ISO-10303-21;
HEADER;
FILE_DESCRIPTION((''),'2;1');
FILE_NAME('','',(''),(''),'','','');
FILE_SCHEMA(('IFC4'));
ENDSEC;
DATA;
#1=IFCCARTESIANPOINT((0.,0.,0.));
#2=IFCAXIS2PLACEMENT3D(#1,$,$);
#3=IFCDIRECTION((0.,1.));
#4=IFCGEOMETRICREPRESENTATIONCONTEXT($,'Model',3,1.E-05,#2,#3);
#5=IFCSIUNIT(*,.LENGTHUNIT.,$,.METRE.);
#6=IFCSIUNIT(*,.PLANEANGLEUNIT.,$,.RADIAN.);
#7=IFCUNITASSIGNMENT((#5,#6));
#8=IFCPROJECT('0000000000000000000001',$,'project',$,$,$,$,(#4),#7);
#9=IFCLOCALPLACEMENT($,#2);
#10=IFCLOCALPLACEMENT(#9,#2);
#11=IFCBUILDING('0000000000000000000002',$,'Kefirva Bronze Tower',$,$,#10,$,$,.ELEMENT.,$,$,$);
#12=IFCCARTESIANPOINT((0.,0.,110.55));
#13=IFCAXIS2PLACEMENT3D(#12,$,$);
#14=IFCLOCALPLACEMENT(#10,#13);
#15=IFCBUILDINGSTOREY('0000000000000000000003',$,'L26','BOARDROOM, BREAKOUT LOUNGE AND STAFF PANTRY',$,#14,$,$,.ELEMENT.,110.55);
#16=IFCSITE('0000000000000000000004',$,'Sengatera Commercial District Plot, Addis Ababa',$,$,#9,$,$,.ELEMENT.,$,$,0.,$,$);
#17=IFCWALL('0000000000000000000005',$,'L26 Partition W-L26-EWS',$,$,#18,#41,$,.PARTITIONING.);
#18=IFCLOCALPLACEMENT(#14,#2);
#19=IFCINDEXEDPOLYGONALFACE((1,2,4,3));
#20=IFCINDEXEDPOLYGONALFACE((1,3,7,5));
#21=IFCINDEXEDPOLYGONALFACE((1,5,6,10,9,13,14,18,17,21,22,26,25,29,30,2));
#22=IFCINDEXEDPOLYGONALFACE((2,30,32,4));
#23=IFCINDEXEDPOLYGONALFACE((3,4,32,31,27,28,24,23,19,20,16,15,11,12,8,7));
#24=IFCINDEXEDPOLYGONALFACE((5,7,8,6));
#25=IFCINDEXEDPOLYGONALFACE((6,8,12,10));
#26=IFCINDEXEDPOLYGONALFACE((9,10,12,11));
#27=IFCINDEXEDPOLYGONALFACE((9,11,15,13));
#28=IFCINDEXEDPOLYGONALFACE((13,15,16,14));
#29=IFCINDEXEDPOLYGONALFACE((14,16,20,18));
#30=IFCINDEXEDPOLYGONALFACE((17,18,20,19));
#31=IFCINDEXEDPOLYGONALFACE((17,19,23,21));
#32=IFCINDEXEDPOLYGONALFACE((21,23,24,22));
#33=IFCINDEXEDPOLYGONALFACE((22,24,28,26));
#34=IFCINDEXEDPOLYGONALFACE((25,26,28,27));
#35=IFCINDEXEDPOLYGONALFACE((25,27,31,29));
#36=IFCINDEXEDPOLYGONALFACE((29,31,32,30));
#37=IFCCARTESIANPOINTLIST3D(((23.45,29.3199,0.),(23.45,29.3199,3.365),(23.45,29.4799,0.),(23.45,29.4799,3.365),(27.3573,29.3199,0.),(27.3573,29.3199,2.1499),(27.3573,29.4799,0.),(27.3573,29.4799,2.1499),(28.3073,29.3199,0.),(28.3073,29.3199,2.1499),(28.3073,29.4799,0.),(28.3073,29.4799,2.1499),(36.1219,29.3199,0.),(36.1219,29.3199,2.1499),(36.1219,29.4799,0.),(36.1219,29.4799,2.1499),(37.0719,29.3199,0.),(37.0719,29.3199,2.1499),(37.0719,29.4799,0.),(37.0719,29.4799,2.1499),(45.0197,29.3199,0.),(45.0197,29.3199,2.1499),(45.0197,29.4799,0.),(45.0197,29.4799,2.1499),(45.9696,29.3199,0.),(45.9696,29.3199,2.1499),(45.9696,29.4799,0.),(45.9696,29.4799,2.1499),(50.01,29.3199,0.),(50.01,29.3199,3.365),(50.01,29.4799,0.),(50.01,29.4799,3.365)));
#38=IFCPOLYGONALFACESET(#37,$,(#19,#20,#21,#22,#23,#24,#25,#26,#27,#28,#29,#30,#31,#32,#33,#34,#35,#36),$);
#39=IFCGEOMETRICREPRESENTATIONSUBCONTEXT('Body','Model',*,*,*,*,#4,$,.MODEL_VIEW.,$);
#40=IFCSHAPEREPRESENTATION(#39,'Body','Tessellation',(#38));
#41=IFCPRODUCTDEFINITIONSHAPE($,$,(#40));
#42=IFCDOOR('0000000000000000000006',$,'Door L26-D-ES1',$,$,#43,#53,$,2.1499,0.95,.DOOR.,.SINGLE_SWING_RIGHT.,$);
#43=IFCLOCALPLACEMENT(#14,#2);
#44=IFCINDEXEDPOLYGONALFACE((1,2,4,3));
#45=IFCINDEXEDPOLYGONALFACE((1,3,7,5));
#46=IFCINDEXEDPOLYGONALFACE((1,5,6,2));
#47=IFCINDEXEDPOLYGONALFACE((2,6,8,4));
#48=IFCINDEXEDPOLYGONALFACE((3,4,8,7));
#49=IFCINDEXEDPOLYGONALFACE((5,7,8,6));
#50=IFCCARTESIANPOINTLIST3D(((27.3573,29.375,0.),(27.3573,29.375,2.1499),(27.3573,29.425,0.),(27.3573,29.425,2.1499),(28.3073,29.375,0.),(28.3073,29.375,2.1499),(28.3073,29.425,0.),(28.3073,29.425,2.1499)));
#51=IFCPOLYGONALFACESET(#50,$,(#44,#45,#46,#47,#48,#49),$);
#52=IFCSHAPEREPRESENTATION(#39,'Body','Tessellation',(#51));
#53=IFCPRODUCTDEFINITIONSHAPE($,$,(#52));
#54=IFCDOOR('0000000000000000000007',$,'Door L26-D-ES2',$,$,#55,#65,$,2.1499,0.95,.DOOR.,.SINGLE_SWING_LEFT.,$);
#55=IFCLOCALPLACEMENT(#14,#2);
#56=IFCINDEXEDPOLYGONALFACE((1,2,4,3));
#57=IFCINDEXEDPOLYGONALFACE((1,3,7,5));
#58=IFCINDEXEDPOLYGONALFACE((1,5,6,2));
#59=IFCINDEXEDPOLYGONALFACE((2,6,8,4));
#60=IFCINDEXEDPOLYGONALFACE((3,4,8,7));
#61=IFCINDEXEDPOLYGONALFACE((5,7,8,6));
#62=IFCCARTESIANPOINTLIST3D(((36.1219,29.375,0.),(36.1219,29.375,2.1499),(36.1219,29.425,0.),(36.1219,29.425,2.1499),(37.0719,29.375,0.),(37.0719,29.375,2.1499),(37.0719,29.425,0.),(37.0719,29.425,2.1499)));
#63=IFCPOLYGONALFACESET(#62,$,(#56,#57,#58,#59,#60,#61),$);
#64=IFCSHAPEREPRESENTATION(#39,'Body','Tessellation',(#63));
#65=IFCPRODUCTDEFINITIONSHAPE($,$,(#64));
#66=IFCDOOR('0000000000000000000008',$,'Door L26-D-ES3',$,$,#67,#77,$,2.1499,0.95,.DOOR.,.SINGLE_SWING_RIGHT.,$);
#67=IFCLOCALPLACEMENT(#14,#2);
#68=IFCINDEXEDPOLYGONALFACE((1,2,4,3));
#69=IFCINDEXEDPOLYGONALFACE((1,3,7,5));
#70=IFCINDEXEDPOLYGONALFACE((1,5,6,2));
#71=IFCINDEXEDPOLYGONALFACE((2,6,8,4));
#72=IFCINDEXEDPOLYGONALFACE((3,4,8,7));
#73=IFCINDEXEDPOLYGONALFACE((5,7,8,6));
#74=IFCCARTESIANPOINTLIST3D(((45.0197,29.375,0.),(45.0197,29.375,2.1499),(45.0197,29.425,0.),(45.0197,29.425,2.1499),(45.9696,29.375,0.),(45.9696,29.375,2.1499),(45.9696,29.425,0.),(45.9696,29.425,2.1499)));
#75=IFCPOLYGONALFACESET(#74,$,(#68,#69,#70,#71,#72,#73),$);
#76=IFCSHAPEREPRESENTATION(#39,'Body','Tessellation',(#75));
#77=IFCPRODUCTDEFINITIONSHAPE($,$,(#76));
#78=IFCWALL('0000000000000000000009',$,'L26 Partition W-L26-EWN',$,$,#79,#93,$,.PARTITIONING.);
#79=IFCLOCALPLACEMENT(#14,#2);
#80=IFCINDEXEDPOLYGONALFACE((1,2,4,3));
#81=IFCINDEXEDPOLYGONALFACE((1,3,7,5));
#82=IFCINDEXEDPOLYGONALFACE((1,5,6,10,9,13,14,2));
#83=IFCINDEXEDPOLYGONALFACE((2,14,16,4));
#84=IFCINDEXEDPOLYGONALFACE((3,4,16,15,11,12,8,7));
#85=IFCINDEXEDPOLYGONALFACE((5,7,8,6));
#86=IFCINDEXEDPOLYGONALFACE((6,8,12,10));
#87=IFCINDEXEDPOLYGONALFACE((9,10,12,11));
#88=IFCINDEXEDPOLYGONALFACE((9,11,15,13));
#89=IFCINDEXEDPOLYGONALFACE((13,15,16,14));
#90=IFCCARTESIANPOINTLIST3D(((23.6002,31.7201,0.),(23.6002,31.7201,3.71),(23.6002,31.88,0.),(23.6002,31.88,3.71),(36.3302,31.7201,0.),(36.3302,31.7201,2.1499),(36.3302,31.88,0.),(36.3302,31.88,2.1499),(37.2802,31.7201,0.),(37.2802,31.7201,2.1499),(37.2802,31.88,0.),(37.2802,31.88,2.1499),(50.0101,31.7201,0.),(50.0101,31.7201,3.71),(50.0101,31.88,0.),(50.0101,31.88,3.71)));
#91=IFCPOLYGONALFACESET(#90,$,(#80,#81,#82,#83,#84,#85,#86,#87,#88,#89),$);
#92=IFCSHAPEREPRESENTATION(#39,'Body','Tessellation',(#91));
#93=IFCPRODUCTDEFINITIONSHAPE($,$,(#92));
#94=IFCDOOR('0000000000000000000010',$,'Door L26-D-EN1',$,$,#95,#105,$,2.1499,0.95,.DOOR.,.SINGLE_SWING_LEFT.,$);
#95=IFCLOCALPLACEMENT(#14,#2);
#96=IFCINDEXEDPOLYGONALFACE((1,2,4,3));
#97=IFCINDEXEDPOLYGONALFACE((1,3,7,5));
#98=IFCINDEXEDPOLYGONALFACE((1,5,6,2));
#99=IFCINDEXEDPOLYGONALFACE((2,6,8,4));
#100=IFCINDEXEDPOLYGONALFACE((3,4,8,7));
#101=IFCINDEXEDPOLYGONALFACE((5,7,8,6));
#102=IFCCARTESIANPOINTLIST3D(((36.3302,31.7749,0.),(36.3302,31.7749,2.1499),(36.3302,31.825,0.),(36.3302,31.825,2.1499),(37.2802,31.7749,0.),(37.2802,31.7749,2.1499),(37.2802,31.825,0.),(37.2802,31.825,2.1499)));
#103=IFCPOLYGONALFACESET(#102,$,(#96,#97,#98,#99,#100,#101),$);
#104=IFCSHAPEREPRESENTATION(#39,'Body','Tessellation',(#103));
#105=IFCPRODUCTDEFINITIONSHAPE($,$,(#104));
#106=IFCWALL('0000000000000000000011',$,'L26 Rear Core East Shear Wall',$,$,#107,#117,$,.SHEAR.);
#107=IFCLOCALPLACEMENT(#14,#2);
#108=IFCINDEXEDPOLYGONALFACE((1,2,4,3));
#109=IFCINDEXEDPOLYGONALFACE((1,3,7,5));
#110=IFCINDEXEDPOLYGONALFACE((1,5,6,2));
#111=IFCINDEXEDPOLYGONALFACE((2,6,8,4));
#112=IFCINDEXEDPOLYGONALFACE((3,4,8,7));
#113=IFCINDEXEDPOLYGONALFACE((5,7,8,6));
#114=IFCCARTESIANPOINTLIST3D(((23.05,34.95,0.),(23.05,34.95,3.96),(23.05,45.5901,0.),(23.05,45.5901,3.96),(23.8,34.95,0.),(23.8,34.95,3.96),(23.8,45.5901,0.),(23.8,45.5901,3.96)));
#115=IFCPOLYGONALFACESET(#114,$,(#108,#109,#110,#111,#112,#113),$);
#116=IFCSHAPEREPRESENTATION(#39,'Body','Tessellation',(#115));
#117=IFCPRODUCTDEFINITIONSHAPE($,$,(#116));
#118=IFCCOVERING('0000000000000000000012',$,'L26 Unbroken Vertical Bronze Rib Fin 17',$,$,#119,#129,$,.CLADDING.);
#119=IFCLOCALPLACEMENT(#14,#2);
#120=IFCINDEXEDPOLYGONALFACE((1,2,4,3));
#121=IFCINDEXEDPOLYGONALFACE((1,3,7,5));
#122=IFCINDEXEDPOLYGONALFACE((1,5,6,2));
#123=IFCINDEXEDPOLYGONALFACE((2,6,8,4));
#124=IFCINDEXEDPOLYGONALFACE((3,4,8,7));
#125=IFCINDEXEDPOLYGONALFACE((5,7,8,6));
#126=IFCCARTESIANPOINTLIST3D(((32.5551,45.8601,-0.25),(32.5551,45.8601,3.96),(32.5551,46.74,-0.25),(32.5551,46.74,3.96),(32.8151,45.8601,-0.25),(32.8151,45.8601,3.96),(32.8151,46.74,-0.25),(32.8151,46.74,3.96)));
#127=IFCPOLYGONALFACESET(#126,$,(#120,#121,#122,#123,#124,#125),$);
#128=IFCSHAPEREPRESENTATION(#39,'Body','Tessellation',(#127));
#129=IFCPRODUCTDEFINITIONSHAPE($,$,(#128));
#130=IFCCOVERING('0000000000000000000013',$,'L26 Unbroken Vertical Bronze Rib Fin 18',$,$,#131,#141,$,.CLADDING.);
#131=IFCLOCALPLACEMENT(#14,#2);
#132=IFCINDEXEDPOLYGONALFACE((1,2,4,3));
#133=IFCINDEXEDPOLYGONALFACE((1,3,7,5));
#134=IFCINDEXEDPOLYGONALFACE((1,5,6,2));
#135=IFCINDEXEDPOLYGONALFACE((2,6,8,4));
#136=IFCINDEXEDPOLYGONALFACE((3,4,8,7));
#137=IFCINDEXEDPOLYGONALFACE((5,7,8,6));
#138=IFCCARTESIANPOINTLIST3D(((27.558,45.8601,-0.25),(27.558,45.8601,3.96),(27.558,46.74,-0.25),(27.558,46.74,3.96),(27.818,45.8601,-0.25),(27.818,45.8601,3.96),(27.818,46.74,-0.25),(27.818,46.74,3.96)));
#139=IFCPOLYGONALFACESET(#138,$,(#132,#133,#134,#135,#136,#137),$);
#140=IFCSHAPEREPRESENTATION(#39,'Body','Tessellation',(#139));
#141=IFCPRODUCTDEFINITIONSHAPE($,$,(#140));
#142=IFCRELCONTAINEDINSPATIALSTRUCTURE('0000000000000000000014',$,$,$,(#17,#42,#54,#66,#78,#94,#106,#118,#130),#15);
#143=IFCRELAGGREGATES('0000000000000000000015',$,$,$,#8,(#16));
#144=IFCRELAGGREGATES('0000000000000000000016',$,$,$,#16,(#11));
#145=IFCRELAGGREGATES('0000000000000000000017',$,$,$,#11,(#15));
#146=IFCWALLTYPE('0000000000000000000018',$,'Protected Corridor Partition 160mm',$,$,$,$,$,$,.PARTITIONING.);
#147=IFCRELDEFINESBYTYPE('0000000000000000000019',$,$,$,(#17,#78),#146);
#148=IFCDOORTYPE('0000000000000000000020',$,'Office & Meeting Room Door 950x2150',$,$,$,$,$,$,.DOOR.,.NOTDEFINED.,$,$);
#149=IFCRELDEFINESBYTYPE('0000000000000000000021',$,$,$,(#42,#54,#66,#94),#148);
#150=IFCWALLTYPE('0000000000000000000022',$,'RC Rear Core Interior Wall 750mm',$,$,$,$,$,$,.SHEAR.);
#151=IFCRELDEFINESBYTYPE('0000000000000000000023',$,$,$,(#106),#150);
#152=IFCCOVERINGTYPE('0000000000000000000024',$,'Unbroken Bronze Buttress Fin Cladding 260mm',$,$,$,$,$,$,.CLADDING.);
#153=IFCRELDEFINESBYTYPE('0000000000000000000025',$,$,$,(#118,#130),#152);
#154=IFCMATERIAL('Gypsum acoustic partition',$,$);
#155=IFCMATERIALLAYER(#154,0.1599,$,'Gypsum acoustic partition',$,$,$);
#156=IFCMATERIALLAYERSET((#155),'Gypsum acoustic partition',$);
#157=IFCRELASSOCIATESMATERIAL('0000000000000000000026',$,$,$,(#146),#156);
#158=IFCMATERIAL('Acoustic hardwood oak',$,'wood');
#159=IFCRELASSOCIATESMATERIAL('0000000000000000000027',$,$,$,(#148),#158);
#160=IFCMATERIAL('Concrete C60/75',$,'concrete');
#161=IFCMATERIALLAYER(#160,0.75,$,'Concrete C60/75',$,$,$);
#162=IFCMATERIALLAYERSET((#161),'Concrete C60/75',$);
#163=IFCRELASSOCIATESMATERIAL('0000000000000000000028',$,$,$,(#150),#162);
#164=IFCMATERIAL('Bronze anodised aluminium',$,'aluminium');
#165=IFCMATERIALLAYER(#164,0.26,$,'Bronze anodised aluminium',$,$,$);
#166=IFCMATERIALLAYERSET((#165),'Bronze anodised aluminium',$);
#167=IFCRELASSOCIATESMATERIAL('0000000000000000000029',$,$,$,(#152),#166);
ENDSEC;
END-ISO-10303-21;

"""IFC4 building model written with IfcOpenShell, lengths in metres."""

from ifc_helpers import new_model, si_unit, direction, frame, frame_2d, origin, origin_2d, place, context, subcontext, project, spatial, rectangle, extrude, material, layer, layer_set, type_object, element, fill, save


model = new_model("IFC4")

# Units and contexts
model_context = context("Model", 3, precision=1e-05, world=origin(), true_north=direction((0.0, 1.0)))
body_context = subcontext(model_context, "Body", "Model", "MODEL_VIEW")
ifc_project = project(units=[si_unit("LENGTHUNIT", "METRE"), si_unit("PLANEANGLEUNIT", "RADIAN")], contexts=[model_context])

# Site, building, storey
site_placement = place(None, origin())
site = spatial("IfcSite", under=ifc_project, at=site_placement, Name="Sengatera Commercial District Plot, Addis Ababa", CompositionType="ELEMENT", RefElevation=0.0)
building_placement = place(site_placement, origin())
building = spatial("IfcBuilding", under=site, at=building_placement, Name="Kefirva Bronze Tower", CompositionType="ELEMENT")
storey_placement = place(building_placement, frame((0.0, 0.0, 110.55)))
storey = spatial("IfcBuildingStorey", under=building, at=storey_placement, Name="L26", Description="BOARDROOM, BREAKOUT LOUNGE AND STAFF PANTRY", CompositionType="ELEMENT", Elevation=110.55)

# Shared definitions
ifc_material_1 = material(Name="Concrete C60/75", Category="concrete")

# Shared definitions
ifc_material_2 = material(Name="Bronze anodised aluminium", Category="aluminium")

# Wall, openings, doors
ifc_material_3 = material(Name="Gypsum acoustic partition")
ifc_layer_1 = layer(ifc_material_3, 0.1599, Name="Gypsum acoustic partition")
ifc_layer_set_1 = layer_set([ifc_layer_1], Name="Gypsum acoustic partition")
wall_type_1 = type_object("IfcWallType", Name="Protected Corridor Partition 160mm", PredefinedType="PARTITIONING", material=ifc_layer_set_1)
wall_1_placement = place(storey_placement, frame((23.45, 29.3999, 0.0), z_axis=(0.0, 0.0, 1.0), x_axis=(1.0, 0.0, 0.0)))
wall_1 = element("IfcWall", 1, at=wall_1_placement, inside=storey, type_object=wall_type_1, Name="L26 Partition W-L26-EWS", PredefinedType="PARTITIONING", context=body_context, shape_type="SweptSolid", body=[
    extrude(rectangle(XDim=26.5601, YDim=0.1599, at=frame_2d((13.28, 0.0))), origin(), (0.0, 0.0, 1.0), 3.365),
])
opening_1_placement = place(wall_1_placement, frame((4.8574, 0.0, 0.0), z_axis=(0.0, 0.0, 1.0), x_axis=(-1.0, 0.0, 0.0)))
opening_1 = element("IfcOpeningElement", 2, at=opening_1_placement, cuts=wall_1, PredefinedType="OPENING", context=body_context, shape_type="SweptSolid", body=[
    extrude(rectangle(XDim=0.95, YDim=2.1499, at=frame_2d((0.4751, 1.075))), frame((0.0, 0.0898, 0.0), z_axis=(0.0, -1.0, 0.0), x_axis=(1.0, 0.0, 0.0)), (0.0, 0.0, 1.0), 0.1799),
])
opening_2_placement = place(wall_1_placement, frame((13.6221, 0.0, 0.0), z_axis=(0.0, 0.0, 1.0), x_axis=(-1.0, 0.0, 0.0)))
opening_2 = element("IfcOpeningElement", 3, at=opening_2_placement, cuts=wall_1, PredefinedType="OPENING", context=body_context, shape_type="SweptSolid", body=[
    extrude(rectangle(XDim=0.95, YDim=2.1499, at=frame_2d((0.4751, 1.075))), frame((0.0, 0.0898, 0.0), z_axis=(0.0, -1.0, 0.0), x_axis=(1.0, 0.0, 0.0)), (0.0, 0.0, 1.0), 0.1799),
])
opening_3_placement = place(wall_1_placement, frame((22.5198, 0.0, 0.0), z_axis=(0.0, 0.0, 1.0), x_axis=(-1.0, 0.0, 0.0)))
opening_3 = element("IfcOpeningElement", 4, at=opening_3_placement, cuts=wall_1, PredefinedType="OPENING", context=body_context, shape_type="SweptSolid", body=[
    extrude(rectangle(XDim=0.95, YDim=2.1499, at=frame_2d((0.4751, 1.075))), frame((0.0, 0.0898, 0.0), z_axis=(0.0, -1.0, 0.0), x_axis=(1.0, 0.0, 0.0)), (0.0, 0.0, 1.0), 0.1799),
])
ifc_material_4 = material(Name="Acoustic hardwood oak", Category="wood")
door_type = type_object("IfcDoorType", Name="Office & Meeting Room Door 950x2150", OperationType="NOTDEFINED", PredefinedType="DOOR", material=ifc_material_4)
door_1_placement = place(opening_1_placement, origin())
door_1 = element("IfcDoor", 5, at=door_1_placement, inside=storey, type_object=door_type, Name="Door L26-D-ES1", OperationType="SINGLE_SWING_RIGHT", OverallHeight=2.1499, OverallWidth=0.95, PredefinedType="DOOR", context=body_context, shape_type="SweptSolid", body=[
    extrude(rectangle(XDim=0.95, YDim=2.1499, at=frame_2d((0.4751, 1.075))), frame((0.0, 0.0249, 0.0), z_axis=(0.0, -1.0, 0.0), x_axis=(1.0, 0.0, 0.0)), (0.0, 0.0, 1.0), 0.05),
])
fill(opening_1, door_1)
door_2_placement = place(opening_2_placement, origin())
door_2 = element("IfcDoor", 6, at=door_2_placement, inside=storey, type_object=door_type, Name="Door L26-D-ES2", OperationType="SINGLE_SWING_LEFT", OverallHeight=2.1499, OverallWidth=0.95, PredefinedType="DOOR", context=body_context, shape_type="SweptSolid", body=[
    extrude(rectangle(XDim=0.95, YDim=2.1499, at=frame_2d((0.4751, 1.075))), frame((0.0, 0.0249, 0.0), z_axis=(0.0, -1.0, 0.0), x_axis=(1.0, 0.0, 0.0)), (0.0, 0.0, 1.0), 0.05),
])
fill(opening_2, door_2)
door_3_placement = place(opening_3_placement, origin())
door_3 = element("IfcDoor", 7, at=door_3_placement, inside=storey, type_object=door_type, Name="Door L26-D-ES3", OperationType="SINGLE_SWING_RIGHT", OverallHeight=2.1499, OverallWidth=0.95, PredefinedType="DOOR", context=body_context, shape_type="SweptSolid", body=[
    extrude(rectangle(XDim=0.95, YDim=2.1499, at=frame_2d((0.4751, 1.075))), frame((0.0, 0.0249, 0.0), z_axis=(0.0, -1.0, 0.0), x_axis=(1.0, 0.0, 0.0)), (0.0, 0.0, 1.0), 0.05),
])
fill(opening_3, door_3)

# Wall, opening, door
wall_2_placement = place(storey_placement, frame((23.6001, 31.8, 0.0), z_axis=(0.0, 0.0, 1.0), x_axis=(1.0, 0.0, 0.0)))
wall_2 = element("IfcWall", 8, at=wall_2_placement, inside=storey, type_object=wall_type_1, Name="L26 Partition W-L26-EWN", PredefinedType="PARTITIONING", context=body_context, shape_type="SweptSolid", body=[
    extrude(rectangle(XDim=26.4099, YDim=0.1599, at=frame_2d((13.2051, 0.0))), origin(), (0.0, 0.0, 1.0), 3.71),
])
opening_4_placement = place(wall_2_placement, frame((12.73, 0.0, 0.0)))
opening_4 = element("IfcOpeningElement", 9, at=opening_4_placement, cuts=wall_2, PredefinedType="OPENING", context=body_context, shape_type="SweptSolid", body=[
    extrude(rectangle(XDim=0.95, YDim=2.1499, at=frame_2d((0.4751, 1.075))), frame((0.0, 0.0898, 0.0), z_axis=(0.0, -1.0, 0.0), x_axis=(1.0, 0.0, 0.0)), (0.0, 0.0, 1.0), 0.1799),
])
door_4_placement = place(opening_4_placement, origin())
door_4 = element("IfcDoor", 10, at=door_4_placement, inside=storey, type_object=door_type, Name="Door L26-D-EN1", OperationType="SINGLE_SWING_LEFT", OverallHeight=2.1499, OverallWidth=0.95, PredefinedType="DOOR", context=body_context, shape_type="SweptSolid", body=[
    extrude(rectangle(XDim=0.95, YDim=2.1499, at=frame_2d((0.4751, 1.075))), frame((0.0, 0.0249, 0.0), z_axis=(0.0, -1.0, 0.0), x_axis=(1.0, 0.0, 0.0)), (0.0, 0.0, 1.0), 0.05),
])
fill(opening_4, door_4)

# Wall
ifc_layer_2 = layer(ifc_material_1, 0.75, Name="Concrete C60/75")
ifc_layer_set_2 = layer_set([ifc_layer_2], Name="Concrete C60/75")
wall_type_2 = type_object("IfcWallType", Name="RC Rear Core Interior Wall 750mm", PredefinedType="SHEAR", material=ifc_layer_set_2)
wall_3_placement = place(storey_placement, frame((23.425, 34.95, 0.0), z_axis=(0.0, 0.0, 1.0), x_axis=(0.0, 1.0, 0.0)))
element("IfcWall", 11, at=wall_3_placement, inside=storey, type_object=wall_type_2, Name="L26 Rear Core East Shear Wall", PredefinedType="SHEAR", context=body_context, shape_type="SweptSolid", body=[
    extrude(rectangle(XDim=10.6401, YDim=0.75, at=frame_2d((5.3201, 0.0))), origin(), (0.0, 0.0, 1.0), 3.96),
])

# Coverings
ifc_layer_3 = layer(ifc_material_2, 0.26, Name="Bronze anodised aluminium")
ifc_layer_set_3 = layer_set([ifc_layer_3], Name="Bronze anodised aluminium")
covering_type = type_object("IfcCoveringType", Name="Unbroken Bronze Buttress Fin Cladding 260mm", PredefinedType="CLADDING", material=ifc_layer_set_3)
for number, where, z_axis, x_axis, name in (
    (12, (32.6851, 46.3, -0.25), (0.0, 0.0, 1.0), (-1.0, 0.0, 0.0), "L26 Unbroken Vertical Bronze Rib Fin 17"),
    (13, (27.688, 46.3, -0.25), (0.0, 0.0, 1.0), (-1.0, 0.0, 0.0), "L26 Unbroken Vertical Bronze Rib Fin 18"),
):
    element("IfcCovering", number, at=place(storey_placement, frame(where, z_axis=z_axis, x_axis=x_axis)), inside=storey, type_object=covering_type, Name=name, PredefinedType="CLADDING", context=body_context, shape_type="SweptSolid", body=[
        extrude(rectangle(XDim=0.26, YDim=0.8799, at=origin_2d()), origin(), (0.0, 0.0, 1.0), 4.21),
    ])

save(model, "model.ifc")
